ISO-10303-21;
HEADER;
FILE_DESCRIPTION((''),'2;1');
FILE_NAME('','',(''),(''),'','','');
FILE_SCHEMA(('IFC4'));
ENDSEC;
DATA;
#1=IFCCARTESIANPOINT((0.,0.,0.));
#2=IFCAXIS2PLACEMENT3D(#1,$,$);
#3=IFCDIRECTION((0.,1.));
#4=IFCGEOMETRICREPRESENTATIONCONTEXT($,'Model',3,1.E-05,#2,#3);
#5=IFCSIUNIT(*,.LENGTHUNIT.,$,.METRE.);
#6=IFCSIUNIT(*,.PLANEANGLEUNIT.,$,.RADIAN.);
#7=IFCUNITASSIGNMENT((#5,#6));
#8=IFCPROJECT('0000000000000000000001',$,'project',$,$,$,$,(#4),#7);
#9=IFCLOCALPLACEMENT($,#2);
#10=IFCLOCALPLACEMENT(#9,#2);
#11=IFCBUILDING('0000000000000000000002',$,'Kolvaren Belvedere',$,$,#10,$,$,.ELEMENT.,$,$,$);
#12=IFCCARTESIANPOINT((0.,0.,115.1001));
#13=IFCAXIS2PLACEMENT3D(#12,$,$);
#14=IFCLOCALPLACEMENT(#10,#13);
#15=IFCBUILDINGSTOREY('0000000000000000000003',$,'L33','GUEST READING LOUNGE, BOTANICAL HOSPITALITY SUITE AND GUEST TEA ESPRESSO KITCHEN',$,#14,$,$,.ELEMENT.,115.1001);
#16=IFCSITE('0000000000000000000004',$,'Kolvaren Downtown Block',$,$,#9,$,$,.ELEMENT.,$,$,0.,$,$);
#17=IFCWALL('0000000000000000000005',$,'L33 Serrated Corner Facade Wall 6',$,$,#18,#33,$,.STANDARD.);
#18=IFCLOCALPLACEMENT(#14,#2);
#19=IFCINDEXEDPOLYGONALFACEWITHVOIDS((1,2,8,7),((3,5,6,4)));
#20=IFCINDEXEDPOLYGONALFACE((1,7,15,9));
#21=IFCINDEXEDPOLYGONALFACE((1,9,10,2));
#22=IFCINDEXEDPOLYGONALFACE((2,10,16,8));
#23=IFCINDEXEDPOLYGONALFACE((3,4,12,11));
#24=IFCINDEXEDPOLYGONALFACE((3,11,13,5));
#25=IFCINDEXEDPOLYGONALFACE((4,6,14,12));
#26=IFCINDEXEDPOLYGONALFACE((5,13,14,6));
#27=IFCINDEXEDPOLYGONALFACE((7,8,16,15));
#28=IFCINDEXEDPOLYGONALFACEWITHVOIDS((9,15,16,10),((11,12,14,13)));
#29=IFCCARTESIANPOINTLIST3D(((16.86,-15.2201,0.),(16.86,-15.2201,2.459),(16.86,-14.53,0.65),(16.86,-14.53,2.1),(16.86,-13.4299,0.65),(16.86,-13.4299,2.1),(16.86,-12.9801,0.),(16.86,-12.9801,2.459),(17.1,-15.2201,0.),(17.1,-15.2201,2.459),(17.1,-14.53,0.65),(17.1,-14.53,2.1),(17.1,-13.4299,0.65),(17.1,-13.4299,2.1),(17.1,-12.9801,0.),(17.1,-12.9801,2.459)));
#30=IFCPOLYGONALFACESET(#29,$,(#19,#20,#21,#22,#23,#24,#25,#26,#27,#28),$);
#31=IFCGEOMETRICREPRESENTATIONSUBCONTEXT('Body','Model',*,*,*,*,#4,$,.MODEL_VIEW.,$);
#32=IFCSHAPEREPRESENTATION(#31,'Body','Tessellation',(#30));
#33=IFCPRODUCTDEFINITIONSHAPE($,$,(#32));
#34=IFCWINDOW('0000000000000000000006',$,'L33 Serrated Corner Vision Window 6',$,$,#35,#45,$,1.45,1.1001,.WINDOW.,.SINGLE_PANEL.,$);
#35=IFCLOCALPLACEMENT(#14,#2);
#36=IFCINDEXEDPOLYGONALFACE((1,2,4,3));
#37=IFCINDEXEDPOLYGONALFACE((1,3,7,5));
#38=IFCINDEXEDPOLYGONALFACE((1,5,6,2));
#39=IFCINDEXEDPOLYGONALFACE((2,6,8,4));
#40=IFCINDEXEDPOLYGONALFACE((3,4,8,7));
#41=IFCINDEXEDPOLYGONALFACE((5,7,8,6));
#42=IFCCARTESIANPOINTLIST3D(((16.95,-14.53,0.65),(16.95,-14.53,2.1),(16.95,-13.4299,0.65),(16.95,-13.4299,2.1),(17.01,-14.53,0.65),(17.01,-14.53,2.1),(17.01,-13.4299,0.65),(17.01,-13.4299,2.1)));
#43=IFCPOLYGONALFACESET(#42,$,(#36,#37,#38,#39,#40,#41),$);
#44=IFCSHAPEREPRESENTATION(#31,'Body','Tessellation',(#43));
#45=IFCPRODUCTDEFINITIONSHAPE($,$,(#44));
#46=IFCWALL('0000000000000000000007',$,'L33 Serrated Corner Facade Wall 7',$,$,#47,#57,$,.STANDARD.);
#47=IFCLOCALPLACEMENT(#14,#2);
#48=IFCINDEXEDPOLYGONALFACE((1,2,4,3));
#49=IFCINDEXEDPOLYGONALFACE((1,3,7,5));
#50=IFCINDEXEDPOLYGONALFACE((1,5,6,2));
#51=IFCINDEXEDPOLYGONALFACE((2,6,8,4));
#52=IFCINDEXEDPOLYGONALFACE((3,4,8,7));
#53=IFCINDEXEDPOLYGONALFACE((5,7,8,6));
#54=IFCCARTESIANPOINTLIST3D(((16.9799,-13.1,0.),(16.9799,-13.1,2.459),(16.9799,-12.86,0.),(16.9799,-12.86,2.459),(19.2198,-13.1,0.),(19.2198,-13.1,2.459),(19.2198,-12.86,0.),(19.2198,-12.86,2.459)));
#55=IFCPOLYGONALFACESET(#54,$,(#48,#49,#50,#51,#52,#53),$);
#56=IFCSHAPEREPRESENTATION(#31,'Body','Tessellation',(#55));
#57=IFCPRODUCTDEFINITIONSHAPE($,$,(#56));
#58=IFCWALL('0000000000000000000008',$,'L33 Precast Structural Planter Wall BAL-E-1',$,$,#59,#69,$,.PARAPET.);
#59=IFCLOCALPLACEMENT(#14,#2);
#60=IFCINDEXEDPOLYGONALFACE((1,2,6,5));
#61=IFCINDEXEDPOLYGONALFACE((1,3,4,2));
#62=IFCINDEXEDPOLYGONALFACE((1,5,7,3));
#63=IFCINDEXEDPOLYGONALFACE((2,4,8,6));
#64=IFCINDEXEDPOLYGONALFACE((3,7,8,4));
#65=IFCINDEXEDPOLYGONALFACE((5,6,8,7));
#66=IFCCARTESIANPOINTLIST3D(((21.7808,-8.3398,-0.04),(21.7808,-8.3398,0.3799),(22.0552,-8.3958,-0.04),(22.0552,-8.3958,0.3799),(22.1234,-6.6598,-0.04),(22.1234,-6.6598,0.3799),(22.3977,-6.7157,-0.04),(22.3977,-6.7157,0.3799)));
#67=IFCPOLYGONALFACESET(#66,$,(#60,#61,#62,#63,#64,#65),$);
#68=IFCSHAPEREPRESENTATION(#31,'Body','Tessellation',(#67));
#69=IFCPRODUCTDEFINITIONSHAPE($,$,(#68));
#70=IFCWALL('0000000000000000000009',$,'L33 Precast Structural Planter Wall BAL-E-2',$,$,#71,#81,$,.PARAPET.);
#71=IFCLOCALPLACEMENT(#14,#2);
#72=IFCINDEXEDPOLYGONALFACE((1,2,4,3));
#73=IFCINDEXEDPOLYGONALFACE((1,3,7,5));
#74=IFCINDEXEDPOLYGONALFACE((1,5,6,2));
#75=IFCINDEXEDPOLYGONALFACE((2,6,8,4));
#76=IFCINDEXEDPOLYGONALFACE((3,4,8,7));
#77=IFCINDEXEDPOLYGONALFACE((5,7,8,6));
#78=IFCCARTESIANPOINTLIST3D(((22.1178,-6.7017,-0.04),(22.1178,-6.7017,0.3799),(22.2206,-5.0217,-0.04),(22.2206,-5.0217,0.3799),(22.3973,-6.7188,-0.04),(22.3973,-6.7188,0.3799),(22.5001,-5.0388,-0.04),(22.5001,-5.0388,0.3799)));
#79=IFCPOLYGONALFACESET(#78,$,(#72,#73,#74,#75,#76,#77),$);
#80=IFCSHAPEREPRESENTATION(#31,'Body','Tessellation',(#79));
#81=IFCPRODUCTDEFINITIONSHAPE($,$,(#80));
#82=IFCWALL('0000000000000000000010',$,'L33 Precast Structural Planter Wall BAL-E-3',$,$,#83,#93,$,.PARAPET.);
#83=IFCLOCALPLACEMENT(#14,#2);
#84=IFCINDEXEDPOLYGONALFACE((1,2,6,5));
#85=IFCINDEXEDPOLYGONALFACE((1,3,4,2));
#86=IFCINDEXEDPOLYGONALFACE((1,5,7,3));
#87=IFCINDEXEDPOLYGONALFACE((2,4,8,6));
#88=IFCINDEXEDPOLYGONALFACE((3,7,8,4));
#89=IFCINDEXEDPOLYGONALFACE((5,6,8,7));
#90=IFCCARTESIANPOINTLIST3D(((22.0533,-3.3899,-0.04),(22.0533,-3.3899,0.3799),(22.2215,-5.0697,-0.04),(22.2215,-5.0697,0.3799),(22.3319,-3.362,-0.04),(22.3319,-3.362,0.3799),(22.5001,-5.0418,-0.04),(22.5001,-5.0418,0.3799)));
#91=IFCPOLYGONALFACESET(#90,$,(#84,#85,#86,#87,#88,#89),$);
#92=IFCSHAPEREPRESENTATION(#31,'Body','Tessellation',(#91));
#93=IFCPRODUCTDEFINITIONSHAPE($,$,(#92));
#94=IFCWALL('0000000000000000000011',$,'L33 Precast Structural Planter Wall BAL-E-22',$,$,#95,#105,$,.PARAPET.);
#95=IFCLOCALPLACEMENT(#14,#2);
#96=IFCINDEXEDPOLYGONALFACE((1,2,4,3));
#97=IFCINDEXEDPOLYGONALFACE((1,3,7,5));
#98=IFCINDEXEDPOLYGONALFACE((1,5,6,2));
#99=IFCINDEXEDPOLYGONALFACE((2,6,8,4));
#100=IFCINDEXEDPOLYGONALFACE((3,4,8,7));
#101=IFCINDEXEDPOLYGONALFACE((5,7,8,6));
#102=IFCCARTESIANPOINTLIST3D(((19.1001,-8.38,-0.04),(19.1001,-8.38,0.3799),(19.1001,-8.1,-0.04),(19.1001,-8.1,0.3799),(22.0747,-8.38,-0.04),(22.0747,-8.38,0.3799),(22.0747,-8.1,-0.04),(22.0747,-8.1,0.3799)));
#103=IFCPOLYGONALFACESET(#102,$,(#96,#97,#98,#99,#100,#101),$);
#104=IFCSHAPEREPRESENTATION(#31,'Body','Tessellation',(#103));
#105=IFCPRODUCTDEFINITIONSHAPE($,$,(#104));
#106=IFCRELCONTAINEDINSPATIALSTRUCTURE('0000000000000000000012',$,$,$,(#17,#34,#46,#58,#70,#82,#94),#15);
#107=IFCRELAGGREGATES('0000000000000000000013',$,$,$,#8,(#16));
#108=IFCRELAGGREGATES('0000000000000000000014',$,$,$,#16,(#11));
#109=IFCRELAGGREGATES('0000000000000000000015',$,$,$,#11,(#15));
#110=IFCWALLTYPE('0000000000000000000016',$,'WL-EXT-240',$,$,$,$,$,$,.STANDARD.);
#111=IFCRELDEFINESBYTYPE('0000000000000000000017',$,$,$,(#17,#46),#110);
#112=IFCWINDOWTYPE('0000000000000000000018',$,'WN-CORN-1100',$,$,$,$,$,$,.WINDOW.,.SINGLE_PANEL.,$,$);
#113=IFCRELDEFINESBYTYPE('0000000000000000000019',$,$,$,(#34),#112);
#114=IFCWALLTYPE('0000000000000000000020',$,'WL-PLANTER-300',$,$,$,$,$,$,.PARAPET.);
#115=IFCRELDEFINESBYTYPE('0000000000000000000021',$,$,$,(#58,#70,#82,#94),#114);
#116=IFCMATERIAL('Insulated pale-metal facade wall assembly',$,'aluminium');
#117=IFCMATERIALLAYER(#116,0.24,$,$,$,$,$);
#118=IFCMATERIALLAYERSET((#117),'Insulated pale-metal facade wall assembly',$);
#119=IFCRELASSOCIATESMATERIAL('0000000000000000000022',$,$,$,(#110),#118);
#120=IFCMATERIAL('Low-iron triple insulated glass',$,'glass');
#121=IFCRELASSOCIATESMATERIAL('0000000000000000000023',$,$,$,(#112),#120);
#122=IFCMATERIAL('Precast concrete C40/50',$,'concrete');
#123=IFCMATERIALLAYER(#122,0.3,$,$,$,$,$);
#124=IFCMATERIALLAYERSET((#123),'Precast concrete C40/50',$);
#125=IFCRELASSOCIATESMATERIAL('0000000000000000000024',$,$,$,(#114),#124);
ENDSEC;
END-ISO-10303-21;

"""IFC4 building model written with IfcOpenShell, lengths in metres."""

from ifc_helpers import new_model, si_unit, direction, frame, frame_2d, origin, place, context, subcontext, project, spatial, rectangle, extrude, material, layer, layer_set, type_object, element, fill, save


model = new_model("IFC4")

# Units and contexts
model_context = context("Model", 3, precision=1e-05, world=origin(), true_north=direction((0.0, 1.0)))
body_context = subcontext(model_context, "Body", "Model", "MODEL_VIEW")
ifc_project = project(units=[si_unit("LENGTHUNIT", "METRE"), si_unit("PLANEANGLEUNIT", "RADIAN")], contexts=[model_context])

# Site, building, storey
site_placement = place(None, origin())
site = spatial("IfcSite", under=ifc_project, at=site_placement, Name="Kolvaren Downtown Block", CompositionType="ELEMENT", RefElevation=0.0)
building_placement = place(site_placement, origin())
building = spatial("IfcBuilding", under=site, at=building_placement, Name="Kolvaren Belvedere", CompositionType="ELEMENT")
storey_placement = place(building_placement, frame((0.0, 0.0, 115.1001)))
storey = spatial("IfcBuildingStorey", under=building, at=storey_placement, Name="L33", Description="GUEST READING LOUNGE, BOTANICAL HOSPITALITY SUITE AND GUEST TEA ESPRESSO KITCHEN", CompositionType="ELEMENT", Elevation=115.1001)

# Shared definitions
ifc_material_1 = material(Name="Insulated pale-metal facade wall assembly", Category="aluminium")
ifc_layer_1 = layer(ifc_material_1, 0.24)
ifc_layer_set_1 = layer_set([ifc_layer_1], Name="Insulated pale-metal facade wall assembly")
wall_type_1 = type_object("IfcWallType", Name="WL-EXT-240", PredefinedType="STANDARD", material=ifc_layer_set_1)

# Wall, opening, window
ifc_material_2 = material(Name="Low-iron triple insulated glass", Category="glass")
window_type = type_object("IfcWindowType", Name="WN-CORN-1100", PartitioningType="SINGLE_PANEL", PredefinedType="WINDOW", material=ifc_material_2)
wall_1_placement = place(storey_placement, frame((16.98, -12.98, 0.0), z_axis=(0.0, 0.0, 1.0), x_axis=(0.0, -1.0, 0.0)))
wall_1 = element("IfcWall", 1, at=wall_1_placement, inside=storey, type_object=wall_type_1, Name="L33 Serrated Corner Facade Wall 6", PredefinedType="STANDARD", context=body_context, shape_type="SweptSolid", body=[
    extrude(rectangle(XDim=2.24, YDim=0.24, at=frame_2d((1.1201, 0.0))), origin(), (0.0, 0.0, 1.0), 2.459),
])
opening_1_placement = place(wall_1_placement, frame((0.45, 0.0, 0.6499)))
opening_1 = element("IfcOpeningElement", 2, at=opening_1_placement, cuts=wall_1, PredefinedType="OPENING", context=body_context, shape_type="SweptSolid", body=[
    extrude(rectangle(XDim=1.1001, YDim=1.45, at=frame_2d((0.55, 0.7251))), frame((0.0, 0.1299, 0.0), z_axis=(0.0, -1.0, 0.0), x_axis=(1.0, 0.0, 0.0)), (0.0, 0.0, 1.0), 0.26),
])
window_1_placement = place(opening_1_placement, origin())
window_1 = element("IfcWindow", 3, at=window_1_placement, inside=storey, type_object=window_type, Name="L33 Serrated Corner Vision Window 6", OverallHeight=1.45, OverallWidth=1.1001, PartitioningType="SINGLE_PANEL", PredefinedType="WINDOW", context=body_context, shape_type="SweptSolid", body=[
    extrude(rectangle(XDim=1.1001, YDim=1.45, at=frame_2d((0.55, 0.7251))), frame((0.0, 0.03, 0.0), z_axis=(0.0, -1.0, 0.0), x_axis=(1.0, 0.0, 0.0)), (0.0, 0.0, 1.0), 0.0601),
])
fill(opening_1, window_1)

# Walls
wall_2_placement = place(storey_placement, frame((19.22, -12.98, 0.0), z_axis=(0.0, 0.0, 1.0), x_axis=(-1.0, 0.0, 0.0)))
element("IfcWall", 4, at=wall_2_placement, inside=storey, type_object=wall_type_1, Name="L33 Serrated Corner Facade Wall 7", PredefinedType="STANDARD", context=body_context, shape_type="SweptSolid", body=[
    extrude(rectangle(XDim=2.24, YDim=0.24, at=frame_2d((1.1201, 0.0))), origin(), (0.0, 0.0, 1.0), 2.459),
])
ifc_material_3 = material(Name="Precast concrete C40/50", Category="concrete")
ifc_layer_2 = layer(ifc_material_3, 0.3)
ifc_layer_set_2 = layer_set([ifc_layer_2], Name="Precast concrete C40/50")
wall_type_2 = type_object("IfcWallType", Name="WL-PLANTER-300", PredefinedType="PARAPET", material=ifc_layer_set_2)
wall_3_placement = place(storey_placement, frame((21.918, -8.3679, -0.04), z_axis=(0.0, 0.0, 1.0), x_axis=(0.199784, 0.97984, 0.0)))
element("IfcWall", 5, at=wall_3_placement, inside=storey, type_object=wall_type_2, Name="L33 Precast Structural Planter Wall BAL-E-1", PredefinedType="PARAPET", context=body_context, shape_type="SweptSolid", body=[
    extrude(rectangle(XDim=1.7146, YDim=0.28, at=frame_2d((0.8574, 0.0))), origin(), (0.0, 0.0, 1.0), 0.4199),
])
wall_4_placement = place(storey_placement, frame((22.2576, -6.7102, -0.04), z_axis=(0.0, 0.0, 1.0), x_axis=(0.061069, 0.998134, 0.0)))
element("IfcWall", 6, at=wall_4_placement, inside=storey, type_object=wall_type_2, Name="L33 Precast Structural Planter Wall BAL-E-2", PredefinedType="PARAPET", context=body_context, shape_type="SweptSolid", body=[
    extrude(rectangle(XDim=1.6831, YDim=0.28, at=frame_2d((0.8416, 0.0))), origin(), (0.0, 0.0, 1.0), 0.4199),
])
wall_5_placement = place(storey_placement, frame((22.3608, -5.0559, -0.04), z_axis=(0.0, 0.0, 1.0), x_axis=(-0.099633, 0.995024, 0.0)))
element("IfcWall", 7, at=wall_5_placement, inside=storey, type_object=wall_type_2, Name="L33 Precast Structural Planter Wall BAL-E-3", PredefinedType="PARAPET", context=body_context, shape_type="SweptSolid", body=[
    extrude(rectangle(XDim=1.6882, YDim=0.28, at=frame_2d((0.8442, 0.0))), origin(), (0.0, 0.0, 1.0), 0.4199),
])
wall_6_placement = place(storey_placement, frame((19.1001, -8.24, -0.04), z_axis=(0.0, 0.0, 1.0), x_axis=(1.0, 0.0, 0.0)))
element("IfcWall", 8, at=wall_6_placement, inside=storey, type_object=wall_type_2, Name="L33 Precast Structural Planter Wall BAL-E-22", PredefinedType="PARAPET", context=body_context, shape_type="SweptSolid", body=[
    extrude(rectangle(XDim=2.9746, YDim=0.28, at=frame_2d((1.4873, 0.0))), origin(), (0.0, 0.0, 1.0), 0.4199),
])

save(model, "model.ifc")
